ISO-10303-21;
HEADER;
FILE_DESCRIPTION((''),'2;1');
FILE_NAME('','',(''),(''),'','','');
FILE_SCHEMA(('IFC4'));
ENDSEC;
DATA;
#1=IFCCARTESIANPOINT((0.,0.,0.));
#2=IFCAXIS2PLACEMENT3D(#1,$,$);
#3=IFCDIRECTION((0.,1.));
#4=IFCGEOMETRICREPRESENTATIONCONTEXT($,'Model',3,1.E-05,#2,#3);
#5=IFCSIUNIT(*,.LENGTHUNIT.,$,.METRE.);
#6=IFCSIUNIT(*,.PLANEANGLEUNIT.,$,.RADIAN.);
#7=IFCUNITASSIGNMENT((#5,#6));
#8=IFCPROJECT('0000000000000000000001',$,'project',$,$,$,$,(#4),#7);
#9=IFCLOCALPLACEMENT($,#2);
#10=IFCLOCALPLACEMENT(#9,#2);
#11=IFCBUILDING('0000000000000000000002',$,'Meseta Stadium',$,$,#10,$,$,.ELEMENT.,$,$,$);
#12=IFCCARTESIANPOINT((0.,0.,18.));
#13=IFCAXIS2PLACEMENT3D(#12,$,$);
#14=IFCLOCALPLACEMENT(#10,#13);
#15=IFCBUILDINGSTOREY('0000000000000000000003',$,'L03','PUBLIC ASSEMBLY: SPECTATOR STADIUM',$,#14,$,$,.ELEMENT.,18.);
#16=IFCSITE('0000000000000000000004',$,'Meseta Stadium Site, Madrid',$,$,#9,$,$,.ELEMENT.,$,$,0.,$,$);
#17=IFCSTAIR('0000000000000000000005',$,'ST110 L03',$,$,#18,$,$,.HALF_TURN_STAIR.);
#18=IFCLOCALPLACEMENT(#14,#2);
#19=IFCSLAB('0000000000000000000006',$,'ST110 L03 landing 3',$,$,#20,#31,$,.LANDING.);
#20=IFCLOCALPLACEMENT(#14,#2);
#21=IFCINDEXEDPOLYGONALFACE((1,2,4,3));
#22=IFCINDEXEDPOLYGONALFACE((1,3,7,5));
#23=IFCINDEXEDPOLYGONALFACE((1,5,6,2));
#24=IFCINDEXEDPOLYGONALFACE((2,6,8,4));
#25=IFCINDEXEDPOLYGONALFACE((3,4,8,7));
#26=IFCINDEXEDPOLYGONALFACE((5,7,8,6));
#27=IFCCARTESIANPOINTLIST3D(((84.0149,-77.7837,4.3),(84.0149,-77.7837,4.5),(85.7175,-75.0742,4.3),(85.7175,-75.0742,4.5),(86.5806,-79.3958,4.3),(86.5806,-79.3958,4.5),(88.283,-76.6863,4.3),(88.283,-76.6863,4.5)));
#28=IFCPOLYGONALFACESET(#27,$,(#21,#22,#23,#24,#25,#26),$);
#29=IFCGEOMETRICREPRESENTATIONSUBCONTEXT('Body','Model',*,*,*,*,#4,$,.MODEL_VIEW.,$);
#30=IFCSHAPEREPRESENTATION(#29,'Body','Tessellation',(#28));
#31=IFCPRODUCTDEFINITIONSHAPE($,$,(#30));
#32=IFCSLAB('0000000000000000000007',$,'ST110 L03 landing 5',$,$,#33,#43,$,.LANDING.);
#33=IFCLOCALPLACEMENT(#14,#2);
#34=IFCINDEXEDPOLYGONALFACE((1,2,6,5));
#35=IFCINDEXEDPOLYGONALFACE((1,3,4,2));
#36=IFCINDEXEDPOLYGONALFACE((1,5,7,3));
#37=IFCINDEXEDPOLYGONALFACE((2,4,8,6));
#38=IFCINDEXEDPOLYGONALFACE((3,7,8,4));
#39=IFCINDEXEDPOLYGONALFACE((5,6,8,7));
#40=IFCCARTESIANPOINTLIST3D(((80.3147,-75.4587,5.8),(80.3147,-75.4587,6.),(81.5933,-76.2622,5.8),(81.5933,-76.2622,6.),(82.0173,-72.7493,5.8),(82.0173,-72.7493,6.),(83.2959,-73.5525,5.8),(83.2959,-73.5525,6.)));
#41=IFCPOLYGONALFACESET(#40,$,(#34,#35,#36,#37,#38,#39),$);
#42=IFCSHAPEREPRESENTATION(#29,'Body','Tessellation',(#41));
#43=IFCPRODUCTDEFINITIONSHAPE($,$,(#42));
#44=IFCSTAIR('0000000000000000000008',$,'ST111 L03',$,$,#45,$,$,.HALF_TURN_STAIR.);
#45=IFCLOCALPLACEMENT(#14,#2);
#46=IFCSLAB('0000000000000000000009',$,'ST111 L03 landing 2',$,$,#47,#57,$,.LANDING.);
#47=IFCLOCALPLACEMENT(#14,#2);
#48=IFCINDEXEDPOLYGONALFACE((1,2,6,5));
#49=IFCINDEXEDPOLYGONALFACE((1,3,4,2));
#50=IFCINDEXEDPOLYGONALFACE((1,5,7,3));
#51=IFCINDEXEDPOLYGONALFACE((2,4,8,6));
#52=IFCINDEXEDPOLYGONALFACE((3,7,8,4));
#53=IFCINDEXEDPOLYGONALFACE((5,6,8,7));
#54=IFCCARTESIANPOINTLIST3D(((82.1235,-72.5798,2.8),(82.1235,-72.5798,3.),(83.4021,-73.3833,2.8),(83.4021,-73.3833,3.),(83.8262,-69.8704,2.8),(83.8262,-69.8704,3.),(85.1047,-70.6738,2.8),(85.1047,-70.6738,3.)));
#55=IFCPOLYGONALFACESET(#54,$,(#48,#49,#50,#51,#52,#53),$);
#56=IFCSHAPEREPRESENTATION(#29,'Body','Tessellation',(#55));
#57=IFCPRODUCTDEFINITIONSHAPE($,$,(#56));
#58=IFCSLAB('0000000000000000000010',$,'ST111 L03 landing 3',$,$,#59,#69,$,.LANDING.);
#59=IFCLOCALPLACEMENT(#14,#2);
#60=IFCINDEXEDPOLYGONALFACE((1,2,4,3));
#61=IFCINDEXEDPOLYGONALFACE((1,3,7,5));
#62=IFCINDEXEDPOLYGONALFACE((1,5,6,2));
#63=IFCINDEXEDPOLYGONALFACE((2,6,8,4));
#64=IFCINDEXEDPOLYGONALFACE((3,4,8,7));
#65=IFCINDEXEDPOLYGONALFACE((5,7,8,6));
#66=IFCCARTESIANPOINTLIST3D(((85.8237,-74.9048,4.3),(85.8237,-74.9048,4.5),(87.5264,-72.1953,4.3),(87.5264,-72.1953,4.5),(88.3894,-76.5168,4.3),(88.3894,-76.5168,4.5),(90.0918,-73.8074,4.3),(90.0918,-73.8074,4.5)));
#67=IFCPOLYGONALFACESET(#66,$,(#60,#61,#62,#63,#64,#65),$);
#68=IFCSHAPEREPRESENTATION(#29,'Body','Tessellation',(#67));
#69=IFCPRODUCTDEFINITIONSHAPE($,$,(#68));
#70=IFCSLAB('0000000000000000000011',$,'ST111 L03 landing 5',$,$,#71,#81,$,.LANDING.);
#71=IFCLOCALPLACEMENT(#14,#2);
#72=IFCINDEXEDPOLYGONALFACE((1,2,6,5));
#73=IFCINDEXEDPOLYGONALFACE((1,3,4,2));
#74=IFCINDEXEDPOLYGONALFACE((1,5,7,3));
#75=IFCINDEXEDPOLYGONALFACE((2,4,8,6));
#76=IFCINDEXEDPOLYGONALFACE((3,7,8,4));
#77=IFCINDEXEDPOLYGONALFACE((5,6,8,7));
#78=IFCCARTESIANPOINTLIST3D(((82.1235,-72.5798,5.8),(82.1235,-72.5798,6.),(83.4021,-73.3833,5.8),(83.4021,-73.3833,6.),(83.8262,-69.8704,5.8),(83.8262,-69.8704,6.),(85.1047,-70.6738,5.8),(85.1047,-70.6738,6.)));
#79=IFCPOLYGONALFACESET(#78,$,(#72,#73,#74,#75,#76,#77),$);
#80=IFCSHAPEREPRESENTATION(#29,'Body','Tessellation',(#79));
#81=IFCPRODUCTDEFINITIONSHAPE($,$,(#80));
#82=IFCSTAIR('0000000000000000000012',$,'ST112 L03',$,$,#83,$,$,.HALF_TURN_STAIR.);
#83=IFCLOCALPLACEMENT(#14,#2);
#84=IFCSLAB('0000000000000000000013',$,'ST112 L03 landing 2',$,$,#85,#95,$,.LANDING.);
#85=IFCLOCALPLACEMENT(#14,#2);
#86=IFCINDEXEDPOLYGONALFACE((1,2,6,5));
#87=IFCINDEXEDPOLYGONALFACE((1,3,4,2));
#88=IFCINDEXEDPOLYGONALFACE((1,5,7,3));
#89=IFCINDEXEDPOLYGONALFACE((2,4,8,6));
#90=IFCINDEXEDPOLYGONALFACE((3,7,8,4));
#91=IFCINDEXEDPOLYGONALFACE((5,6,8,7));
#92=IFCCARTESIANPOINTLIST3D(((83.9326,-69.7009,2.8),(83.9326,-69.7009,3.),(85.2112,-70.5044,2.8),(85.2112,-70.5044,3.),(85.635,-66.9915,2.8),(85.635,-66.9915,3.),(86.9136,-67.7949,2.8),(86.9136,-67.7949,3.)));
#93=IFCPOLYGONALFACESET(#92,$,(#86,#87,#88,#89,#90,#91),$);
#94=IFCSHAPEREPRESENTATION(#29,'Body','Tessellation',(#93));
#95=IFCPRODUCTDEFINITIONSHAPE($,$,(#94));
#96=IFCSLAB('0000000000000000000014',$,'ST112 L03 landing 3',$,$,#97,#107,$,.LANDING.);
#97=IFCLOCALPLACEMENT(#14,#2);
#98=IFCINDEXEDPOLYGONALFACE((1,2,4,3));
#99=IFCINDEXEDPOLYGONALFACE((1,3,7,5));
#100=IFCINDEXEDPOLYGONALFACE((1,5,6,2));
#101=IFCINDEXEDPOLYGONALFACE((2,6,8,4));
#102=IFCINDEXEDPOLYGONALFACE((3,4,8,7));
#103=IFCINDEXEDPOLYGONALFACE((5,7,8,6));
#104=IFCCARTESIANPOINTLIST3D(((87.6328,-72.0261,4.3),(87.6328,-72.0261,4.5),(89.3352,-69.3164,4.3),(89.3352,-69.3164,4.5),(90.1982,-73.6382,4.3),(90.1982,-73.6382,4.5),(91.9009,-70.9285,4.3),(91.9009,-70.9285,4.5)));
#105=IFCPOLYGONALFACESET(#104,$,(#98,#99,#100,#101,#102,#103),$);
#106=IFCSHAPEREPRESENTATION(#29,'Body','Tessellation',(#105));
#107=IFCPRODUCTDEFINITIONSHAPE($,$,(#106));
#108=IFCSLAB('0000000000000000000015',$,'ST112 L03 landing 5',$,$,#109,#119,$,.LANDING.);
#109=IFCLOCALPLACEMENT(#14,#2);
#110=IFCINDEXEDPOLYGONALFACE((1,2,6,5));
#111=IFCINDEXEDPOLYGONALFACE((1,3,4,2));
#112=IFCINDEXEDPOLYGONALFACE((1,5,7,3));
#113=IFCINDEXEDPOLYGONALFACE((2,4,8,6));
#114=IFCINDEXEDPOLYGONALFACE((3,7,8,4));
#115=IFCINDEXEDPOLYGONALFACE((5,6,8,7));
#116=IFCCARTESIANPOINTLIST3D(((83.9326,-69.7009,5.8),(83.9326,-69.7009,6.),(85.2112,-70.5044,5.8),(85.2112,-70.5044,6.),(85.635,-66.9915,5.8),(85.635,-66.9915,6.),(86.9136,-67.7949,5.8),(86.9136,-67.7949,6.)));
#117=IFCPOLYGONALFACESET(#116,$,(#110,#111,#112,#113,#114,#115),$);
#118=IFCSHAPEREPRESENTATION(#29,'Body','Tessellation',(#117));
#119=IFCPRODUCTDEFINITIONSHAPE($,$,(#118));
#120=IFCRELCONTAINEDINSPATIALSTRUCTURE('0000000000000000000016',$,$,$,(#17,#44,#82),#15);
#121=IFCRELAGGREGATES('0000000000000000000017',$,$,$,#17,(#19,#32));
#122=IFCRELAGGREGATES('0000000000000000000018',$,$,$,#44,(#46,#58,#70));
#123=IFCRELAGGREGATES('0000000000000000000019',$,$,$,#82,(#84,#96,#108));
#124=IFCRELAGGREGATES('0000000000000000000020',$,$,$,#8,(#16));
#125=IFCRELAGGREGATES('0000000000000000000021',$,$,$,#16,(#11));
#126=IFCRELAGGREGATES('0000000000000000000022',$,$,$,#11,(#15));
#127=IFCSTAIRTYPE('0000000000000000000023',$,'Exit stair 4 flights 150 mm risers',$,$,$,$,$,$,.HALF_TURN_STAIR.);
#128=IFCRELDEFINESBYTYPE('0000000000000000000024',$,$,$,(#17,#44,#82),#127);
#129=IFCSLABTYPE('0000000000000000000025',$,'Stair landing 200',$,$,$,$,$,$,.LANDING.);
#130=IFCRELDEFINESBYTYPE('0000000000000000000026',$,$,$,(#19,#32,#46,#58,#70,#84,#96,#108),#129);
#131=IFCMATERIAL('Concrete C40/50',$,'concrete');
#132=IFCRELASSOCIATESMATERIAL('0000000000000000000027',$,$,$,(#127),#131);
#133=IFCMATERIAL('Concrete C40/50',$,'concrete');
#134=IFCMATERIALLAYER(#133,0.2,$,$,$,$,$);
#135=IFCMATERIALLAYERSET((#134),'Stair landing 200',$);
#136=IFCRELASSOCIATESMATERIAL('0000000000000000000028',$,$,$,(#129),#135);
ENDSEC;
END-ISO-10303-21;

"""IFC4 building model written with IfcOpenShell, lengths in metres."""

from ifc_helpers import new_model, si_unit, direction, frame, origin, place, context, subcontext, project, spatial, polyline, outline, extrude, material, layer, layer_set, type_object, element, aggregate, save


model = new_model("IFC4")

# Units and contexts
model_context = context("Model", 3, precision=1e-05, world=origin(), true_north=direction((0.0, 1.0)))
body_context = subcontext(model_context, "Body", "Model", "MODEL_VIEW")
ifc_project = project(units=[si_unit("LENGTHUNIT", "METRE"), si_unit("PLANEANGLEUNIT", "RADIAN")], contexts=[model_context])

# Site, building, storey
site_placement = place(None, origin())
site = spatial("IfcSite", under=ifc_project, at=site_placement, Name="Meseta Stadium Site, Madrid", CompositionType="ELEMENT", RefElevation=0.0)
building_placement = place(site_placement, origin())
building = spatial("IfcBuilding", under=site, at=building_placement, Name="Meseta Stadium", CompositionType="ELEMENT")
storey_placement = place(building_placement, frame((0.0, 0.0, 18.0)))
storey = spatial("IfcBuildingStorey", under=building, at=storey_placement, Name="L03", Description="PUBLIC ASSEMBLY: SPECTATOR STADIUM", CompositionType="ELEMENT", Elevation=18.0)

# Stairs, slabs
ifc_material_1 = material(Name="Concrete C40/50", Category="concrete")
stair_type = type_object("IfcStairType", Name="Exit stair 4 flights 150 mm risers", PredefinedType="HALF_TURN_STAIR", material=ifc_material_1)
ifc_material_2 = material(Name="Concrete C40/50", Category="concrete")
ifc_layer_1 = layer(ifc_material_2, 0.2)
ifc_layer_set_1 = layer_set([ifc_layer_1], Name="Stair landing 200")
slab_type_1 = type_object("IfcSlabType", Name="Stair landing 200", PredefinedType="LANDING", material=ifc_layer_set_1)
stair_1_placement = place(storey_placement, origin())
stair_1 = element("IfcStair", 1, at=stair_1_placement, inside=storey, type_object=stair_type, Name="ST110 L03", PredefinedType="HALF_TURN_STAIR")
slab_1_placement = place(storey_placement, frame((0.0, 0.0, 4.3)))
slab_1 = element("IfcSlab", 2, at=slab_1_placement, type_object=slab_type_1, Name="ST110 L03 landing 3", PredefinedType="LANDING", context=body_context, shape_type="SweptSolid", body=[
    extrude(outline(polyline([(84.0149, -77.7837), (86.5806, -79.3958), (88.283, -76.6863), (85.7175, -75.0742), (84.0149, -77.7837)])), origin(), (0.0, 0.0, 1.0), 0.2),
])
slab_2_placement = place(storey_placement, frame((0.0, 0.0, 5.8)))
slab_2 = element("IfcSlab", 3, at=slab_2_placement, type_object=slab_type_1, Name="ST110 L03 landing 5", PredefinedType="LANDING", context=body_context, shape_type="SweptSolid", body=[
    extrude(outline(polyline([(80.3147, -75.4587), (81.5933, -76.2622), (83.2959, -73.5525), (82.0173, -72.7493), (80.3147, -75.4587)])), origin(), (0.0, 0.0, 1.0), 0.2),
])
aggregate(stair_1, [slab_1, slab_2])
stair_2_placement = place(storey_placement, origin())
stair_2 = element("IfcStair", 4, at=stair_2_placement, inside=storey, type_object=stair_type, Name="ST111 L03", PredefinedType="HALF_TURN_STAIR")
slab_3_placement = place(storey_placement, frame((0.0, 0.0, 2.8)))
slab_3 = element("IfcSlab", 5, at=slab_3_placement, type_object=slab_type_1, Name="ST111 L03 landing 2", PredefinedType="LANDING", context=body_context, shape_type="SweptSolid", body=[
    extrude(outline(polyline([(82.1235, -72.5798), (83.4021, -73.3833), (85.1047, -70.6738), (83.8262, -69.8704), (82.1235, -72.5798)])), origin(), (0.0, 0.0, 1.0), 0.2),
])
slab_4_placement = place(storey_placement, frame((0.0, 0.0, 4.3)))
slab_4 = element("IfcSlab", 6, at=slab_4_placement, type_object=slab_type_1, Name="ST111 L03 landing 3", PredefinedType="LANDING", context=body_context, shape_type="SweptSolid", body=[
    extrude(outline(polyline([(85.8237, -74.9048), (88.3894, -76.5168), (90.0918, -73.8074), (87.5264, -72.1953), (85.8237, -74.9048)])), origin(), (0.0, 0.0, 1.0), 0.2),
])
slab_5_placement = place(storey_placement, frame((0.0, 0.0, 5.8)))
slab_5 = element("IfcSlab", 7, at=slab_5_placement, type_object=slab_type_1, Name="ST111 L03 landing 5", PredefinedType="LANDING", context=body_context, shape_type="SweptSolid", body=[
    extrude(outline(polyline([(82.1235, -72.5798), (83.4021, -73.3833), (85.1047, -70.6738), (83.8262, -69.8704), (82.1235, -72.5798)])), origin(), (0.0, 0.0, 1.0), 0.2),
])
aggregate(stair_2, [slab_3, slab_4, slab_5])
stair_3_placement = place(storey_placement, origin())
stair_3 = element("IfcStair", 8, at=stair_3_placement, inside=storey, type_object=stair_type, Name="ST112 L03", PredefinedType="HALF_TURN_STAIR")
slab_6_placement = place(storey_placement, frame((0.0, 0.0, 2.8)))
slab_6 = element("IfcSlab", 9, at=slab_6_placement, type_object=slab_type_1, Name="ST112 L03 landing 2", PredefinedType="LANDING", context=body_context, shape_type="SweptSolid", body=[
    extrude(outline(polyline([(83.9326, -69.7009), (85.2112, -70.5044), (86.9136, -67.7949), (85.635, -66.9915), (83.9326, -69.7009)])), origin(), (0.0, 0.0, 1.0), 0.2),
])
slab_7_placement = place(storey_placement, frame((0.0, 0.0, 4.3)))
slab_7 = element("IfcSlab", 10, at=slab_7_placement, type_object=slab_type_1, Name="ST112 L03 landing 3", PredefinedType="LANDING", context=body_context, shape_type="SweptSolid", body=[
    extrude(outline(polyline([(87.6328, -72.0261), (90.1982, -73.6382), (91.9009, -70.9285), (89.3352, -69.3164), (87.6328, -72.0261)])), origin(), (0.0, 0.0, 1.0), 0.2),
])
slab_8_placement = place(storey_placement, frame((0.0, 0.0, 5.8)))
slab_8 = element("IfcSlab", 11, at=slab_8_placement, type_object=slab_type_1, Name="ST112 L03 landing 5", PredefinedType="LANDING", context=body_context, shape_type="SweptSolid", body=[
    extrude(outline(polyline([(83.9326, -69.7009), (85.2112, -70.5044), (86.9136, -67.7949), (85.635, -66.9915), (83.9326, -69.7009)])), origin(), (0.0, 0.0, 1.0), 0.2),
])
aggregate(stair_3, [slab_6, slab_7, slab_8])

save(model, "model.ifc")
